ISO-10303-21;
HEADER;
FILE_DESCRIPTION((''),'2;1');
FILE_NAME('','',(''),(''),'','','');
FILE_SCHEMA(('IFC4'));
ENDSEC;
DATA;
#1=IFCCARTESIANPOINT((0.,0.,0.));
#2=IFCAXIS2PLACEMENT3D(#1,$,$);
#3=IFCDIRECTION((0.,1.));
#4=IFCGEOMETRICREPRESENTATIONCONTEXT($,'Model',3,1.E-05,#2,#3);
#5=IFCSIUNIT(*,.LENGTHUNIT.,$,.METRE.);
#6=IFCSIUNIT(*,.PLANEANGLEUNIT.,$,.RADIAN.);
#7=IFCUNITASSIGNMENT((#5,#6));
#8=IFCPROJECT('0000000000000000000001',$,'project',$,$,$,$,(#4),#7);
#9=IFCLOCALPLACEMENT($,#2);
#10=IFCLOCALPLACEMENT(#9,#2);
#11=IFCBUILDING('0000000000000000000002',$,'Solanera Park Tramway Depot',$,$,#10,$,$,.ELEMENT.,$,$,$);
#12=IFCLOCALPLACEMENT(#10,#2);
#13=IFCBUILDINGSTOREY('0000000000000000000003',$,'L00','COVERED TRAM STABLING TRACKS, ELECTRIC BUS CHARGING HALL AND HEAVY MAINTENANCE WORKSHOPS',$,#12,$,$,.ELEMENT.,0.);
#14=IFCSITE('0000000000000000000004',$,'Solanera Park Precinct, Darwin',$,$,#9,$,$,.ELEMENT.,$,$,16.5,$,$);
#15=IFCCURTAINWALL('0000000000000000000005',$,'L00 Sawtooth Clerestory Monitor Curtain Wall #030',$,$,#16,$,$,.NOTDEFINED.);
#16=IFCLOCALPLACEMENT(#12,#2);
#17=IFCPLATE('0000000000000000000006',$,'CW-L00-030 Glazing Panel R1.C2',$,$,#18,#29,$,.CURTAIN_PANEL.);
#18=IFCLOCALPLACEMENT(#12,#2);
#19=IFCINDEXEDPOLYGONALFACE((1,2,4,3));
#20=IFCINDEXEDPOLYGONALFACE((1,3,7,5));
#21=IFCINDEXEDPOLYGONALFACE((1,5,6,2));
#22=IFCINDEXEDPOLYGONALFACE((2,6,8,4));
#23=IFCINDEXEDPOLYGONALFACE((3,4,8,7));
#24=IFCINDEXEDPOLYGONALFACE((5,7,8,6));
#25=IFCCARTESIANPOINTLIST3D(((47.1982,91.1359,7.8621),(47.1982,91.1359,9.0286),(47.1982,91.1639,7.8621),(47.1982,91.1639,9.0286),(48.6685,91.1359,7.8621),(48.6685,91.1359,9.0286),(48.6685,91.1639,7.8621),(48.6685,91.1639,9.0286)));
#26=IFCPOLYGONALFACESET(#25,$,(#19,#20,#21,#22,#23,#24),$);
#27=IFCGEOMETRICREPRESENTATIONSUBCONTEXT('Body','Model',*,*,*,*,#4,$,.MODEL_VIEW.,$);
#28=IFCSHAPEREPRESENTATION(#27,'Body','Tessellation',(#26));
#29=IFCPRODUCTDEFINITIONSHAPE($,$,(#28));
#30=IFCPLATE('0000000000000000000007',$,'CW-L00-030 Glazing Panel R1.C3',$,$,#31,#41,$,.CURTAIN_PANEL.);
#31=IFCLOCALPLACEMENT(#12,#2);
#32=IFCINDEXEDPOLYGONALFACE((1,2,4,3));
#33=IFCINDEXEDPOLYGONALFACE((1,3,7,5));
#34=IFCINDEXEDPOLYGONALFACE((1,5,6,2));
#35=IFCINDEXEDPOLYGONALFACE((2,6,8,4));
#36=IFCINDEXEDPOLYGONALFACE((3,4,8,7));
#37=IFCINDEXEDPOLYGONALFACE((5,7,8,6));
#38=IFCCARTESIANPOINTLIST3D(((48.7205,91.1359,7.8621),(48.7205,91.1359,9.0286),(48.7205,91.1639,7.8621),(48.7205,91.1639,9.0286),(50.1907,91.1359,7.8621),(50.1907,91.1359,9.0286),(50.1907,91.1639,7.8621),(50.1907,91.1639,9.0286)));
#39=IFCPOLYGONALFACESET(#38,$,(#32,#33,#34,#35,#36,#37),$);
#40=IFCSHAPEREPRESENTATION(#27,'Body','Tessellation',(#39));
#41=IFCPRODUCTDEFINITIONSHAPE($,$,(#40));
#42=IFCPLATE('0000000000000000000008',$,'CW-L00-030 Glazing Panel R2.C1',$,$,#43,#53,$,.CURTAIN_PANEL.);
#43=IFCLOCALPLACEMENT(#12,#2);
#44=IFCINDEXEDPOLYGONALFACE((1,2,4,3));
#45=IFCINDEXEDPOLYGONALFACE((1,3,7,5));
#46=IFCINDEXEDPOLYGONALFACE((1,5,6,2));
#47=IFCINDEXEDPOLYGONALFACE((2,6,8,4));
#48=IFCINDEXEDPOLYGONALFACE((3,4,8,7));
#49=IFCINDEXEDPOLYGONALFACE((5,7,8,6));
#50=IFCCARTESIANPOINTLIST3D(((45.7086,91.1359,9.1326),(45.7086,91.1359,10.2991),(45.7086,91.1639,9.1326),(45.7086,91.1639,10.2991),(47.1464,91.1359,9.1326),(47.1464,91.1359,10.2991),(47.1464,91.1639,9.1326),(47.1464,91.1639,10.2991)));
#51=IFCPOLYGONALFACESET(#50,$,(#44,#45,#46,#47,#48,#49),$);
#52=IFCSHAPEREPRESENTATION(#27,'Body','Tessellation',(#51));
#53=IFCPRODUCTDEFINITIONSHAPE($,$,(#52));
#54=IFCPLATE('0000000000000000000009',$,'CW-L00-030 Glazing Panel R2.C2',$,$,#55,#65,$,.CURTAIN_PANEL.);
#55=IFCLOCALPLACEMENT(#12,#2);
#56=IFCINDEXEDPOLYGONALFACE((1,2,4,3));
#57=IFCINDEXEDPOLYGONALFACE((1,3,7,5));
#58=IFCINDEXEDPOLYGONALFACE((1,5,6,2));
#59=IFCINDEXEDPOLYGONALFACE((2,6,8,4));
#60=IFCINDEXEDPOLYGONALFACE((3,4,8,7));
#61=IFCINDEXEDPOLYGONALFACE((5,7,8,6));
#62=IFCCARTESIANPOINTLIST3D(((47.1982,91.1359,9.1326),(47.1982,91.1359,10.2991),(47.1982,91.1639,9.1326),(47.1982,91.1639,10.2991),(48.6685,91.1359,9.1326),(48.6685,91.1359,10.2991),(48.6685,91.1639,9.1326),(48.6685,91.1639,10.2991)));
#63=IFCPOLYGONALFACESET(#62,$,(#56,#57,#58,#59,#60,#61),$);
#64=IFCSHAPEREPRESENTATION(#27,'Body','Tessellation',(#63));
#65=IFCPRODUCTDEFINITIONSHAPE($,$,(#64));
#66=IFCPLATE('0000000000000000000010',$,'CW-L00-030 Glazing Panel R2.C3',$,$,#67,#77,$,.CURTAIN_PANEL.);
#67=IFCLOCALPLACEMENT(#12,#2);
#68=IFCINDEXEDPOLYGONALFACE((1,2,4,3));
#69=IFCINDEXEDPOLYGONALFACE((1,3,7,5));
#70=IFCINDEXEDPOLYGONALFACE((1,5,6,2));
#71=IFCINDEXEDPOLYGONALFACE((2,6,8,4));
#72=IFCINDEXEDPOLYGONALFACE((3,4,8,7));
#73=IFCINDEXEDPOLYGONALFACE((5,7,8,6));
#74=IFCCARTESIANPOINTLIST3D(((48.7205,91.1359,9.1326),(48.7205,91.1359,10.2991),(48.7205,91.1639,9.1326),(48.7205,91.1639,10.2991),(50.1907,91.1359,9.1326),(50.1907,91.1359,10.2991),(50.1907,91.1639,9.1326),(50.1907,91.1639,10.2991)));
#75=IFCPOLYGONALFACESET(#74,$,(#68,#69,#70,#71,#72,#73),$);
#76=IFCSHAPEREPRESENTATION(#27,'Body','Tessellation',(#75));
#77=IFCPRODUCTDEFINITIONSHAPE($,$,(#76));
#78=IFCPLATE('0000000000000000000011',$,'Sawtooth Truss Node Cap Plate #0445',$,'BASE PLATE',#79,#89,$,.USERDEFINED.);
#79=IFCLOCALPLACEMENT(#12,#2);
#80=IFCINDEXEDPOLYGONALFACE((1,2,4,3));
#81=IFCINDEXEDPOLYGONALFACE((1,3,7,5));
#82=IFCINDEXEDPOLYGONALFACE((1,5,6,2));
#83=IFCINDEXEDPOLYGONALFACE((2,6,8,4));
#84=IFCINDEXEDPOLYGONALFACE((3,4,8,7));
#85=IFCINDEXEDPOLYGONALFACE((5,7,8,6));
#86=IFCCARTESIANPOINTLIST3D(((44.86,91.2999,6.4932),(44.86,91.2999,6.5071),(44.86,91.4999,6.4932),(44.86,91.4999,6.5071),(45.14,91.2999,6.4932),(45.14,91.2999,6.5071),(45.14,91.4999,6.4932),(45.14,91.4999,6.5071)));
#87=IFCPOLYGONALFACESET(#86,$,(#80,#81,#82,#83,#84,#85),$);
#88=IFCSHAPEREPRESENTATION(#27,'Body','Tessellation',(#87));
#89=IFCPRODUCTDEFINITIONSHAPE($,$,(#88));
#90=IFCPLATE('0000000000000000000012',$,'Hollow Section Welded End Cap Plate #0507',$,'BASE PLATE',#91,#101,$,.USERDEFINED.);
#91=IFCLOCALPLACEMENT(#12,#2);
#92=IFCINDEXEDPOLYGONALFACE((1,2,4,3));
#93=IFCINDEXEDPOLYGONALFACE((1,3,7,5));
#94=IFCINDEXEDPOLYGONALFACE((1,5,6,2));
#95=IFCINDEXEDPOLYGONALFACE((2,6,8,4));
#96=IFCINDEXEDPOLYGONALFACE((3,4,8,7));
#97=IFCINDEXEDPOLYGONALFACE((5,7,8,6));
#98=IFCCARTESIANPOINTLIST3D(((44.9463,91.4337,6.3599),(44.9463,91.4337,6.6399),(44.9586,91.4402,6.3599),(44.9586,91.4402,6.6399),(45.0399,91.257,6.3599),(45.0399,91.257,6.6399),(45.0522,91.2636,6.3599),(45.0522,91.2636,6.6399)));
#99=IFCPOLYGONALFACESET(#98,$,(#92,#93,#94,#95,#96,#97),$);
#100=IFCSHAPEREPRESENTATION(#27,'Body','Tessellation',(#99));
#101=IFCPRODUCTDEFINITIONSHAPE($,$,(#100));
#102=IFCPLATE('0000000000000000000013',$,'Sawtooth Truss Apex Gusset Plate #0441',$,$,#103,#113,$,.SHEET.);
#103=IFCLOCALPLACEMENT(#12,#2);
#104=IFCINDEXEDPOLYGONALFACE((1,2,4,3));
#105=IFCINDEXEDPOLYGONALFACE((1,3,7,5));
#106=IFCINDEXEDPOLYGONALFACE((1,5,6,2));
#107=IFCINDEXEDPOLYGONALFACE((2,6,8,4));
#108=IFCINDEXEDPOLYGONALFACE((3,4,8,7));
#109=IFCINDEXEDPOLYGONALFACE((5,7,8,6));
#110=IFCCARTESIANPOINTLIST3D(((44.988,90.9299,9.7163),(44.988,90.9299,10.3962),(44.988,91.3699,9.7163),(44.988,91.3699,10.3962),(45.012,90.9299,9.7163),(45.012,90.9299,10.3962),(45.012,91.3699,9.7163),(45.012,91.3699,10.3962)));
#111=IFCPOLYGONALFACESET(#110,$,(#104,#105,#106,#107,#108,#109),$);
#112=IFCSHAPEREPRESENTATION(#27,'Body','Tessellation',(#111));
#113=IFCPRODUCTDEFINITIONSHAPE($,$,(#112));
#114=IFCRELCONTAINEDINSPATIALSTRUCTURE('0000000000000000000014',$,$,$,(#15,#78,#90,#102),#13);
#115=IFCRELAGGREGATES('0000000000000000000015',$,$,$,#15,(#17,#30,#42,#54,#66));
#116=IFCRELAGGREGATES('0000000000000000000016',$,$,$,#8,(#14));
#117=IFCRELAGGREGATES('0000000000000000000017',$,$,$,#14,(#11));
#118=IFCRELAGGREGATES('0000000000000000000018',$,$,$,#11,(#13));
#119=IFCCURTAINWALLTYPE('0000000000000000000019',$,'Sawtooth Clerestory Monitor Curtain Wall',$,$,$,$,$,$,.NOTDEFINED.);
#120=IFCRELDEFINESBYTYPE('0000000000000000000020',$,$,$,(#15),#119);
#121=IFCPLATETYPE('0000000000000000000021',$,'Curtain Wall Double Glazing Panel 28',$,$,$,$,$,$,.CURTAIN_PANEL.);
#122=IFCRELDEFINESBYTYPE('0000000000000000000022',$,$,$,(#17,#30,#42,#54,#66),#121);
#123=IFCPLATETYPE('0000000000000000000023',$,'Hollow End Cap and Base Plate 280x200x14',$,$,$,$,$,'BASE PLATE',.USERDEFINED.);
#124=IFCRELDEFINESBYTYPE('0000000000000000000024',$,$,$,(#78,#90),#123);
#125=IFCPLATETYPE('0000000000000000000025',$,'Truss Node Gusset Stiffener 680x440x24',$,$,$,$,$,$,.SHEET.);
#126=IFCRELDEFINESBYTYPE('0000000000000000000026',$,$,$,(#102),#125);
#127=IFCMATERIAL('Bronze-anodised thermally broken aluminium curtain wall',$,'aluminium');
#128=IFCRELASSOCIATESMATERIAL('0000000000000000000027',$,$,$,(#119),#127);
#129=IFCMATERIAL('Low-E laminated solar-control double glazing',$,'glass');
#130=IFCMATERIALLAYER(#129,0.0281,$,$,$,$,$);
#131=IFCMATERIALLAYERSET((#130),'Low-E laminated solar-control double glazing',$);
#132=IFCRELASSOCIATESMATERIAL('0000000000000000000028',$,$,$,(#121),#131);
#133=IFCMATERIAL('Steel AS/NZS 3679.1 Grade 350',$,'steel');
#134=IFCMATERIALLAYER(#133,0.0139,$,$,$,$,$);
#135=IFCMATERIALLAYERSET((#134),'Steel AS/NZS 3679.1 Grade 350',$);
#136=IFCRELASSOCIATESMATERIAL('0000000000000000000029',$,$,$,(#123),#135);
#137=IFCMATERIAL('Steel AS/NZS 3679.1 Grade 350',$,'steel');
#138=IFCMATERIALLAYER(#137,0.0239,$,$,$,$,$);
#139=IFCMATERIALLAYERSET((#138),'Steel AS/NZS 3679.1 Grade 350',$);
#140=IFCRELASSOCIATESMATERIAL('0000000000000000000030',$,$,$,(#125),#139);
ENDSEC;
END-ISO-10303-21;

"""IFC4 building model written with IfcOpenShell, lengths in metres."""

from ifc_helpers import new_model, si_unit, direction, frame, origin, origin_2d, place, context, subcontext, project, spatial, rectangle, extrude, material, layer, layer_set, type_object, element, aggregate, save


model = new_model("IFC4")

# Units and contexts
model_context = context("Model", 3, precision=1e-05, world=origin(), true_north=direction((0.0, 1.0)))
body_context = subcontext(model_context, "Body", "Model", "MODEL_VIEW")
ifc_project = project(units=[si_unit("LENGTHUNIT", "METRE"), si_unit("PLANEANGLEUNIT", "RADIAN")], contexts=[model_context])

# Site, building, storey
site_placement = place(None, origin())
site = spatial("IfcSite", under=ifc_project, at=site_placement, Name="Solanera Park Precinct, Darwin", CompositionType="ELEMENT", RefElevation=16.5)
building_placement = place(site_placement, origin())
building = spatial("IfcBuilding", under=site, at=building_placement, Name="Solanera Park Tramway Depot", CompositionType="ELEMENT")
storey_placement = place(building_placement, origin())
storey = spatial("IfcBuildingStorey", under=building, at=storey_placement, Name="L00", Description="COVERED TRAM STABLING TRACKS, ELECTRIC BUS CHARGING HALL AND HEAVY MAINTENANCE WORKSHOPS", CompositionType="ELEMENT", Elevation=0.0)

# Curtain wall
ifc_material_1 = material(Name="Bronze-anodised thermally broken aluminium curtain wall", Category="aluminium")
curtain_wall_type = type_object("IfcCurtainWallType", Name="Sawtooth Clerestory Monitor Curtain Wall", PredefinedType="NOTDEFINED", material=ifc_material_1)
curtain_wall_placement = place(storey_placement, origin())
curtain_wall = element("IfcCurtainWall", 1, at=curtain_wall_placement, inside=storey, type_object=curtain_wall_type, Name="L00 Sawtooth Clerestory Monitor Curtain Wall #030", PredefinedType="NOTDEFINED")

# Plates
ifc_material_2 = material(Name="Low-E laminated solar-control double glazing", Category="glass")
ifc_layer_1 = layer(ifc_material_2, 0.0281)
ifc_layer_set_1 = layer_set([ifc_layer_1], Name="Low-E laminated solar-control double glazing")
plate_type_1 = type_object("IfcPlateType", Name="Curtain Wall Double Glazing Panel 28", PredefinedType="CURTAIN_PANEL", material=ifc_layer_set_1)
plate_1_placement = place(storey_placement, frame((47.9333, 91.1499, 7.8621), z_axis=(0.0, 0.0, 1.0), x_axis=(1.0, 0.0, 0.0)))
plate_1 = element("IfcPlate", 2, at=plate_1_placement, type_object=plate_type_1, Name="CW-L00-030 Glazing Panel R1.C2", PredefinedType="CURTAIN_PANEL", context=body_context, shape_type="SweptSolid", body=[
    extrude(rectangle(XDim=1.4702, YDim=0.0281, at=origin_2d()), origin(), (0.0, 0.0, 1.0), 1.1665),
])
plate_2_placement = place(storey_placement, frame((49.4556, 91.1499, 7.8621), z_axis=(0.0, 0.0, 1.0), x_axis=(1.0, 0.0, 0.0)))
plate_2 = element("IfcPlate", 3, at=plate_2_placement, type_object=plate_type_1, Name="CW-L00-030 Glazing Panel R1.C3", PredefinedType="CURTAIN_PANEL", context=body_context, shape_type="SweptSolid", body=[
    extrude(rectangle(XDim=1.4702, YDim=0.0281, at=origin_2d()), origin(), (0.0, 0.0, 1.0), 1.1665),
])
plate_3_placement = place(storey_placement, frame((46.4275, 91.1499, 9.1326), z_axis=(0.0, 0.0, 1.0), x_axis=(1.0, 0.0, 0.0)))
plate_3 = element("IfcPlate", 4, at=plate_3_placement, type_object=plate_type_1, Name="CW-L00-030 Glazing Panel R2.C1", PredefinedType="CURTAIN_PANEL", context=body_context, shape_type="SweptSolid", body=[
    extrude(rectangle(XDim=1.4377, YDim=0.0281, at=origin_2d()), origin(), (0.0, 0.0, 1.0), 1.1665),
])
plate_4_placement = place(storey_placement, frame((47.9333, 91.1499, 9.1326), z_axis=(0.0, 0.0, 1.0), x_axis=(1.0, 0.0, 0.0)))
plate_4 = element("IfcPlate", 5, at=plate_4_placement, type_object=plate_type_1, Name="CW-L00-030 Glazing Panel R2.C2", PredefinedType="CURTAIN_PANEL", context=body_context, shape_type="SweptSolid", body=[
    extrude(rectangle(XDim=1.4702, YDim=0.0281, at=origin_2d()), origin(), (0.0, 0.0, 1.0), 1.1665),
])
plate_5_placement = place(storey_placement, frame((49.4556, 91.1499, 9.1326), z_axis=(0.0, 0.0, 1.0), x_axis=(1.0, 0.0, 0.0)))
plate_5 = element("IfcPlate", 6, at=plate_5_placement, type_object=plate_type_1, Name="CW-L00-030 Glazing Panel R2.C3", PredefinedType="CURTAIN_PANEL", context=body_context, shape_type="SweptSolid", body=[
    extrude(rectangle(XDim=1.4702, YDim=0.0281, at=origin_2d()), origin(), (0.0, 0.0, 1.0), 1.1665),
])
aggregate(curtain_wall, [plate_1, plate_2, plate_3, plate_4, plate_5])

# Plates
ifc_material_3 = material(Name="Steel AS/NZS 3679.1 Grade 350", Category="steel")
ifc_layer_2 = layer(ifc_material_3, 0.0139)
ifc_layer_set_2 = layer_set([ifc_layer_2], Name="Steel AS/NZS 3679.1 Grade 350")
plate_type_2 = type_object("IfcPlateType", Name="Hollow End Cap and Base Plate 280x200x14", ElementType="BASE PLATE", PredefinedType="USERDEFINED", material=ifc_layer_set_2)
plate_6_placement = place(storey_placement, frame((45.0, 91.3999, 6.4932), z_axis=(0.0, 0.0, 1.0), x_axis=(1.0, 0.0, 0.0)))
element("IfcPlate", 7, at=plate_6_placement, inside=storey, type_object=plate_type_2, Name="Sawtooth Truss Node Cap Plate #0445", ObjectType="BASE PLATE", PredefinedType="USERDEFINED", context=body_context, shape_type="SweptSolid", body=[
    extrude(rectangle(XDim=0.28, YDim=0.2, at=origin_2d()), origin(), (0.0, 0.0, 1.0), 0.0139),
])
plate_7_placement = place(storey_placement, frame((44.9993, 91.3486, 6.3599), z_axis=(0.0, 0.0, 1.0), x_axis=(0.883521, 0.468392, 0.0)))
element("IfcPlate", 8, at=plate_7_placement, inside=storey, type_object=plate_type_2, Name="Hollow Section Welded End Cap Plate #0507", ObjectType="BASE PLATE", PredefinedType="USERDEFINED", context=body_context, shape_type="SweptSolid", body=[
    extrude(rectangle(XDim=0.0139, YDim=0.2, at=origin_2d()), origin(), (0.0, 0.0, 1.0), 0.28),
])
ifc_material_4 = material(Name="Steel AS/NZS 3679.1 Grade 350", Category="steel")
ifc_layer_3 = layer(ifc_material_4, 0.0239)
ifc_layer_set_3 = layer_set([ifc_layer_3], Name="Steel AS/NZS 3679.1 Grade 350")
plate_type_3 = type_object("IfcPlateType", Name="Truss Node Gusset Stiffener 680x440x24", PredefinedType="SHEET", material=ifc_layer_set_3)
plate_8_placement = place(storey_placement, frame((45.0, 91.1499, 9.7163), z_axis=(0.0, 0.0, 1.0), x_axis=(1.0, 0.0, 0.0)))
element("IfcPlate", 9, at=plate_8_placement, inside=storey, type_object=plate_type_3, Name="Sawtooth Truss Apex Gusset Plate #0441", PredefinedType="SHEET", context=body_context, shape_type="SweptSolid", body=[
    extrude(rectangle(XDim=0.0239, YDim=0.4399, at=origin_2d()), origin(), (0.0, 0.0, 1.0), 0.6799),
])

save(model, "model.ifc")
